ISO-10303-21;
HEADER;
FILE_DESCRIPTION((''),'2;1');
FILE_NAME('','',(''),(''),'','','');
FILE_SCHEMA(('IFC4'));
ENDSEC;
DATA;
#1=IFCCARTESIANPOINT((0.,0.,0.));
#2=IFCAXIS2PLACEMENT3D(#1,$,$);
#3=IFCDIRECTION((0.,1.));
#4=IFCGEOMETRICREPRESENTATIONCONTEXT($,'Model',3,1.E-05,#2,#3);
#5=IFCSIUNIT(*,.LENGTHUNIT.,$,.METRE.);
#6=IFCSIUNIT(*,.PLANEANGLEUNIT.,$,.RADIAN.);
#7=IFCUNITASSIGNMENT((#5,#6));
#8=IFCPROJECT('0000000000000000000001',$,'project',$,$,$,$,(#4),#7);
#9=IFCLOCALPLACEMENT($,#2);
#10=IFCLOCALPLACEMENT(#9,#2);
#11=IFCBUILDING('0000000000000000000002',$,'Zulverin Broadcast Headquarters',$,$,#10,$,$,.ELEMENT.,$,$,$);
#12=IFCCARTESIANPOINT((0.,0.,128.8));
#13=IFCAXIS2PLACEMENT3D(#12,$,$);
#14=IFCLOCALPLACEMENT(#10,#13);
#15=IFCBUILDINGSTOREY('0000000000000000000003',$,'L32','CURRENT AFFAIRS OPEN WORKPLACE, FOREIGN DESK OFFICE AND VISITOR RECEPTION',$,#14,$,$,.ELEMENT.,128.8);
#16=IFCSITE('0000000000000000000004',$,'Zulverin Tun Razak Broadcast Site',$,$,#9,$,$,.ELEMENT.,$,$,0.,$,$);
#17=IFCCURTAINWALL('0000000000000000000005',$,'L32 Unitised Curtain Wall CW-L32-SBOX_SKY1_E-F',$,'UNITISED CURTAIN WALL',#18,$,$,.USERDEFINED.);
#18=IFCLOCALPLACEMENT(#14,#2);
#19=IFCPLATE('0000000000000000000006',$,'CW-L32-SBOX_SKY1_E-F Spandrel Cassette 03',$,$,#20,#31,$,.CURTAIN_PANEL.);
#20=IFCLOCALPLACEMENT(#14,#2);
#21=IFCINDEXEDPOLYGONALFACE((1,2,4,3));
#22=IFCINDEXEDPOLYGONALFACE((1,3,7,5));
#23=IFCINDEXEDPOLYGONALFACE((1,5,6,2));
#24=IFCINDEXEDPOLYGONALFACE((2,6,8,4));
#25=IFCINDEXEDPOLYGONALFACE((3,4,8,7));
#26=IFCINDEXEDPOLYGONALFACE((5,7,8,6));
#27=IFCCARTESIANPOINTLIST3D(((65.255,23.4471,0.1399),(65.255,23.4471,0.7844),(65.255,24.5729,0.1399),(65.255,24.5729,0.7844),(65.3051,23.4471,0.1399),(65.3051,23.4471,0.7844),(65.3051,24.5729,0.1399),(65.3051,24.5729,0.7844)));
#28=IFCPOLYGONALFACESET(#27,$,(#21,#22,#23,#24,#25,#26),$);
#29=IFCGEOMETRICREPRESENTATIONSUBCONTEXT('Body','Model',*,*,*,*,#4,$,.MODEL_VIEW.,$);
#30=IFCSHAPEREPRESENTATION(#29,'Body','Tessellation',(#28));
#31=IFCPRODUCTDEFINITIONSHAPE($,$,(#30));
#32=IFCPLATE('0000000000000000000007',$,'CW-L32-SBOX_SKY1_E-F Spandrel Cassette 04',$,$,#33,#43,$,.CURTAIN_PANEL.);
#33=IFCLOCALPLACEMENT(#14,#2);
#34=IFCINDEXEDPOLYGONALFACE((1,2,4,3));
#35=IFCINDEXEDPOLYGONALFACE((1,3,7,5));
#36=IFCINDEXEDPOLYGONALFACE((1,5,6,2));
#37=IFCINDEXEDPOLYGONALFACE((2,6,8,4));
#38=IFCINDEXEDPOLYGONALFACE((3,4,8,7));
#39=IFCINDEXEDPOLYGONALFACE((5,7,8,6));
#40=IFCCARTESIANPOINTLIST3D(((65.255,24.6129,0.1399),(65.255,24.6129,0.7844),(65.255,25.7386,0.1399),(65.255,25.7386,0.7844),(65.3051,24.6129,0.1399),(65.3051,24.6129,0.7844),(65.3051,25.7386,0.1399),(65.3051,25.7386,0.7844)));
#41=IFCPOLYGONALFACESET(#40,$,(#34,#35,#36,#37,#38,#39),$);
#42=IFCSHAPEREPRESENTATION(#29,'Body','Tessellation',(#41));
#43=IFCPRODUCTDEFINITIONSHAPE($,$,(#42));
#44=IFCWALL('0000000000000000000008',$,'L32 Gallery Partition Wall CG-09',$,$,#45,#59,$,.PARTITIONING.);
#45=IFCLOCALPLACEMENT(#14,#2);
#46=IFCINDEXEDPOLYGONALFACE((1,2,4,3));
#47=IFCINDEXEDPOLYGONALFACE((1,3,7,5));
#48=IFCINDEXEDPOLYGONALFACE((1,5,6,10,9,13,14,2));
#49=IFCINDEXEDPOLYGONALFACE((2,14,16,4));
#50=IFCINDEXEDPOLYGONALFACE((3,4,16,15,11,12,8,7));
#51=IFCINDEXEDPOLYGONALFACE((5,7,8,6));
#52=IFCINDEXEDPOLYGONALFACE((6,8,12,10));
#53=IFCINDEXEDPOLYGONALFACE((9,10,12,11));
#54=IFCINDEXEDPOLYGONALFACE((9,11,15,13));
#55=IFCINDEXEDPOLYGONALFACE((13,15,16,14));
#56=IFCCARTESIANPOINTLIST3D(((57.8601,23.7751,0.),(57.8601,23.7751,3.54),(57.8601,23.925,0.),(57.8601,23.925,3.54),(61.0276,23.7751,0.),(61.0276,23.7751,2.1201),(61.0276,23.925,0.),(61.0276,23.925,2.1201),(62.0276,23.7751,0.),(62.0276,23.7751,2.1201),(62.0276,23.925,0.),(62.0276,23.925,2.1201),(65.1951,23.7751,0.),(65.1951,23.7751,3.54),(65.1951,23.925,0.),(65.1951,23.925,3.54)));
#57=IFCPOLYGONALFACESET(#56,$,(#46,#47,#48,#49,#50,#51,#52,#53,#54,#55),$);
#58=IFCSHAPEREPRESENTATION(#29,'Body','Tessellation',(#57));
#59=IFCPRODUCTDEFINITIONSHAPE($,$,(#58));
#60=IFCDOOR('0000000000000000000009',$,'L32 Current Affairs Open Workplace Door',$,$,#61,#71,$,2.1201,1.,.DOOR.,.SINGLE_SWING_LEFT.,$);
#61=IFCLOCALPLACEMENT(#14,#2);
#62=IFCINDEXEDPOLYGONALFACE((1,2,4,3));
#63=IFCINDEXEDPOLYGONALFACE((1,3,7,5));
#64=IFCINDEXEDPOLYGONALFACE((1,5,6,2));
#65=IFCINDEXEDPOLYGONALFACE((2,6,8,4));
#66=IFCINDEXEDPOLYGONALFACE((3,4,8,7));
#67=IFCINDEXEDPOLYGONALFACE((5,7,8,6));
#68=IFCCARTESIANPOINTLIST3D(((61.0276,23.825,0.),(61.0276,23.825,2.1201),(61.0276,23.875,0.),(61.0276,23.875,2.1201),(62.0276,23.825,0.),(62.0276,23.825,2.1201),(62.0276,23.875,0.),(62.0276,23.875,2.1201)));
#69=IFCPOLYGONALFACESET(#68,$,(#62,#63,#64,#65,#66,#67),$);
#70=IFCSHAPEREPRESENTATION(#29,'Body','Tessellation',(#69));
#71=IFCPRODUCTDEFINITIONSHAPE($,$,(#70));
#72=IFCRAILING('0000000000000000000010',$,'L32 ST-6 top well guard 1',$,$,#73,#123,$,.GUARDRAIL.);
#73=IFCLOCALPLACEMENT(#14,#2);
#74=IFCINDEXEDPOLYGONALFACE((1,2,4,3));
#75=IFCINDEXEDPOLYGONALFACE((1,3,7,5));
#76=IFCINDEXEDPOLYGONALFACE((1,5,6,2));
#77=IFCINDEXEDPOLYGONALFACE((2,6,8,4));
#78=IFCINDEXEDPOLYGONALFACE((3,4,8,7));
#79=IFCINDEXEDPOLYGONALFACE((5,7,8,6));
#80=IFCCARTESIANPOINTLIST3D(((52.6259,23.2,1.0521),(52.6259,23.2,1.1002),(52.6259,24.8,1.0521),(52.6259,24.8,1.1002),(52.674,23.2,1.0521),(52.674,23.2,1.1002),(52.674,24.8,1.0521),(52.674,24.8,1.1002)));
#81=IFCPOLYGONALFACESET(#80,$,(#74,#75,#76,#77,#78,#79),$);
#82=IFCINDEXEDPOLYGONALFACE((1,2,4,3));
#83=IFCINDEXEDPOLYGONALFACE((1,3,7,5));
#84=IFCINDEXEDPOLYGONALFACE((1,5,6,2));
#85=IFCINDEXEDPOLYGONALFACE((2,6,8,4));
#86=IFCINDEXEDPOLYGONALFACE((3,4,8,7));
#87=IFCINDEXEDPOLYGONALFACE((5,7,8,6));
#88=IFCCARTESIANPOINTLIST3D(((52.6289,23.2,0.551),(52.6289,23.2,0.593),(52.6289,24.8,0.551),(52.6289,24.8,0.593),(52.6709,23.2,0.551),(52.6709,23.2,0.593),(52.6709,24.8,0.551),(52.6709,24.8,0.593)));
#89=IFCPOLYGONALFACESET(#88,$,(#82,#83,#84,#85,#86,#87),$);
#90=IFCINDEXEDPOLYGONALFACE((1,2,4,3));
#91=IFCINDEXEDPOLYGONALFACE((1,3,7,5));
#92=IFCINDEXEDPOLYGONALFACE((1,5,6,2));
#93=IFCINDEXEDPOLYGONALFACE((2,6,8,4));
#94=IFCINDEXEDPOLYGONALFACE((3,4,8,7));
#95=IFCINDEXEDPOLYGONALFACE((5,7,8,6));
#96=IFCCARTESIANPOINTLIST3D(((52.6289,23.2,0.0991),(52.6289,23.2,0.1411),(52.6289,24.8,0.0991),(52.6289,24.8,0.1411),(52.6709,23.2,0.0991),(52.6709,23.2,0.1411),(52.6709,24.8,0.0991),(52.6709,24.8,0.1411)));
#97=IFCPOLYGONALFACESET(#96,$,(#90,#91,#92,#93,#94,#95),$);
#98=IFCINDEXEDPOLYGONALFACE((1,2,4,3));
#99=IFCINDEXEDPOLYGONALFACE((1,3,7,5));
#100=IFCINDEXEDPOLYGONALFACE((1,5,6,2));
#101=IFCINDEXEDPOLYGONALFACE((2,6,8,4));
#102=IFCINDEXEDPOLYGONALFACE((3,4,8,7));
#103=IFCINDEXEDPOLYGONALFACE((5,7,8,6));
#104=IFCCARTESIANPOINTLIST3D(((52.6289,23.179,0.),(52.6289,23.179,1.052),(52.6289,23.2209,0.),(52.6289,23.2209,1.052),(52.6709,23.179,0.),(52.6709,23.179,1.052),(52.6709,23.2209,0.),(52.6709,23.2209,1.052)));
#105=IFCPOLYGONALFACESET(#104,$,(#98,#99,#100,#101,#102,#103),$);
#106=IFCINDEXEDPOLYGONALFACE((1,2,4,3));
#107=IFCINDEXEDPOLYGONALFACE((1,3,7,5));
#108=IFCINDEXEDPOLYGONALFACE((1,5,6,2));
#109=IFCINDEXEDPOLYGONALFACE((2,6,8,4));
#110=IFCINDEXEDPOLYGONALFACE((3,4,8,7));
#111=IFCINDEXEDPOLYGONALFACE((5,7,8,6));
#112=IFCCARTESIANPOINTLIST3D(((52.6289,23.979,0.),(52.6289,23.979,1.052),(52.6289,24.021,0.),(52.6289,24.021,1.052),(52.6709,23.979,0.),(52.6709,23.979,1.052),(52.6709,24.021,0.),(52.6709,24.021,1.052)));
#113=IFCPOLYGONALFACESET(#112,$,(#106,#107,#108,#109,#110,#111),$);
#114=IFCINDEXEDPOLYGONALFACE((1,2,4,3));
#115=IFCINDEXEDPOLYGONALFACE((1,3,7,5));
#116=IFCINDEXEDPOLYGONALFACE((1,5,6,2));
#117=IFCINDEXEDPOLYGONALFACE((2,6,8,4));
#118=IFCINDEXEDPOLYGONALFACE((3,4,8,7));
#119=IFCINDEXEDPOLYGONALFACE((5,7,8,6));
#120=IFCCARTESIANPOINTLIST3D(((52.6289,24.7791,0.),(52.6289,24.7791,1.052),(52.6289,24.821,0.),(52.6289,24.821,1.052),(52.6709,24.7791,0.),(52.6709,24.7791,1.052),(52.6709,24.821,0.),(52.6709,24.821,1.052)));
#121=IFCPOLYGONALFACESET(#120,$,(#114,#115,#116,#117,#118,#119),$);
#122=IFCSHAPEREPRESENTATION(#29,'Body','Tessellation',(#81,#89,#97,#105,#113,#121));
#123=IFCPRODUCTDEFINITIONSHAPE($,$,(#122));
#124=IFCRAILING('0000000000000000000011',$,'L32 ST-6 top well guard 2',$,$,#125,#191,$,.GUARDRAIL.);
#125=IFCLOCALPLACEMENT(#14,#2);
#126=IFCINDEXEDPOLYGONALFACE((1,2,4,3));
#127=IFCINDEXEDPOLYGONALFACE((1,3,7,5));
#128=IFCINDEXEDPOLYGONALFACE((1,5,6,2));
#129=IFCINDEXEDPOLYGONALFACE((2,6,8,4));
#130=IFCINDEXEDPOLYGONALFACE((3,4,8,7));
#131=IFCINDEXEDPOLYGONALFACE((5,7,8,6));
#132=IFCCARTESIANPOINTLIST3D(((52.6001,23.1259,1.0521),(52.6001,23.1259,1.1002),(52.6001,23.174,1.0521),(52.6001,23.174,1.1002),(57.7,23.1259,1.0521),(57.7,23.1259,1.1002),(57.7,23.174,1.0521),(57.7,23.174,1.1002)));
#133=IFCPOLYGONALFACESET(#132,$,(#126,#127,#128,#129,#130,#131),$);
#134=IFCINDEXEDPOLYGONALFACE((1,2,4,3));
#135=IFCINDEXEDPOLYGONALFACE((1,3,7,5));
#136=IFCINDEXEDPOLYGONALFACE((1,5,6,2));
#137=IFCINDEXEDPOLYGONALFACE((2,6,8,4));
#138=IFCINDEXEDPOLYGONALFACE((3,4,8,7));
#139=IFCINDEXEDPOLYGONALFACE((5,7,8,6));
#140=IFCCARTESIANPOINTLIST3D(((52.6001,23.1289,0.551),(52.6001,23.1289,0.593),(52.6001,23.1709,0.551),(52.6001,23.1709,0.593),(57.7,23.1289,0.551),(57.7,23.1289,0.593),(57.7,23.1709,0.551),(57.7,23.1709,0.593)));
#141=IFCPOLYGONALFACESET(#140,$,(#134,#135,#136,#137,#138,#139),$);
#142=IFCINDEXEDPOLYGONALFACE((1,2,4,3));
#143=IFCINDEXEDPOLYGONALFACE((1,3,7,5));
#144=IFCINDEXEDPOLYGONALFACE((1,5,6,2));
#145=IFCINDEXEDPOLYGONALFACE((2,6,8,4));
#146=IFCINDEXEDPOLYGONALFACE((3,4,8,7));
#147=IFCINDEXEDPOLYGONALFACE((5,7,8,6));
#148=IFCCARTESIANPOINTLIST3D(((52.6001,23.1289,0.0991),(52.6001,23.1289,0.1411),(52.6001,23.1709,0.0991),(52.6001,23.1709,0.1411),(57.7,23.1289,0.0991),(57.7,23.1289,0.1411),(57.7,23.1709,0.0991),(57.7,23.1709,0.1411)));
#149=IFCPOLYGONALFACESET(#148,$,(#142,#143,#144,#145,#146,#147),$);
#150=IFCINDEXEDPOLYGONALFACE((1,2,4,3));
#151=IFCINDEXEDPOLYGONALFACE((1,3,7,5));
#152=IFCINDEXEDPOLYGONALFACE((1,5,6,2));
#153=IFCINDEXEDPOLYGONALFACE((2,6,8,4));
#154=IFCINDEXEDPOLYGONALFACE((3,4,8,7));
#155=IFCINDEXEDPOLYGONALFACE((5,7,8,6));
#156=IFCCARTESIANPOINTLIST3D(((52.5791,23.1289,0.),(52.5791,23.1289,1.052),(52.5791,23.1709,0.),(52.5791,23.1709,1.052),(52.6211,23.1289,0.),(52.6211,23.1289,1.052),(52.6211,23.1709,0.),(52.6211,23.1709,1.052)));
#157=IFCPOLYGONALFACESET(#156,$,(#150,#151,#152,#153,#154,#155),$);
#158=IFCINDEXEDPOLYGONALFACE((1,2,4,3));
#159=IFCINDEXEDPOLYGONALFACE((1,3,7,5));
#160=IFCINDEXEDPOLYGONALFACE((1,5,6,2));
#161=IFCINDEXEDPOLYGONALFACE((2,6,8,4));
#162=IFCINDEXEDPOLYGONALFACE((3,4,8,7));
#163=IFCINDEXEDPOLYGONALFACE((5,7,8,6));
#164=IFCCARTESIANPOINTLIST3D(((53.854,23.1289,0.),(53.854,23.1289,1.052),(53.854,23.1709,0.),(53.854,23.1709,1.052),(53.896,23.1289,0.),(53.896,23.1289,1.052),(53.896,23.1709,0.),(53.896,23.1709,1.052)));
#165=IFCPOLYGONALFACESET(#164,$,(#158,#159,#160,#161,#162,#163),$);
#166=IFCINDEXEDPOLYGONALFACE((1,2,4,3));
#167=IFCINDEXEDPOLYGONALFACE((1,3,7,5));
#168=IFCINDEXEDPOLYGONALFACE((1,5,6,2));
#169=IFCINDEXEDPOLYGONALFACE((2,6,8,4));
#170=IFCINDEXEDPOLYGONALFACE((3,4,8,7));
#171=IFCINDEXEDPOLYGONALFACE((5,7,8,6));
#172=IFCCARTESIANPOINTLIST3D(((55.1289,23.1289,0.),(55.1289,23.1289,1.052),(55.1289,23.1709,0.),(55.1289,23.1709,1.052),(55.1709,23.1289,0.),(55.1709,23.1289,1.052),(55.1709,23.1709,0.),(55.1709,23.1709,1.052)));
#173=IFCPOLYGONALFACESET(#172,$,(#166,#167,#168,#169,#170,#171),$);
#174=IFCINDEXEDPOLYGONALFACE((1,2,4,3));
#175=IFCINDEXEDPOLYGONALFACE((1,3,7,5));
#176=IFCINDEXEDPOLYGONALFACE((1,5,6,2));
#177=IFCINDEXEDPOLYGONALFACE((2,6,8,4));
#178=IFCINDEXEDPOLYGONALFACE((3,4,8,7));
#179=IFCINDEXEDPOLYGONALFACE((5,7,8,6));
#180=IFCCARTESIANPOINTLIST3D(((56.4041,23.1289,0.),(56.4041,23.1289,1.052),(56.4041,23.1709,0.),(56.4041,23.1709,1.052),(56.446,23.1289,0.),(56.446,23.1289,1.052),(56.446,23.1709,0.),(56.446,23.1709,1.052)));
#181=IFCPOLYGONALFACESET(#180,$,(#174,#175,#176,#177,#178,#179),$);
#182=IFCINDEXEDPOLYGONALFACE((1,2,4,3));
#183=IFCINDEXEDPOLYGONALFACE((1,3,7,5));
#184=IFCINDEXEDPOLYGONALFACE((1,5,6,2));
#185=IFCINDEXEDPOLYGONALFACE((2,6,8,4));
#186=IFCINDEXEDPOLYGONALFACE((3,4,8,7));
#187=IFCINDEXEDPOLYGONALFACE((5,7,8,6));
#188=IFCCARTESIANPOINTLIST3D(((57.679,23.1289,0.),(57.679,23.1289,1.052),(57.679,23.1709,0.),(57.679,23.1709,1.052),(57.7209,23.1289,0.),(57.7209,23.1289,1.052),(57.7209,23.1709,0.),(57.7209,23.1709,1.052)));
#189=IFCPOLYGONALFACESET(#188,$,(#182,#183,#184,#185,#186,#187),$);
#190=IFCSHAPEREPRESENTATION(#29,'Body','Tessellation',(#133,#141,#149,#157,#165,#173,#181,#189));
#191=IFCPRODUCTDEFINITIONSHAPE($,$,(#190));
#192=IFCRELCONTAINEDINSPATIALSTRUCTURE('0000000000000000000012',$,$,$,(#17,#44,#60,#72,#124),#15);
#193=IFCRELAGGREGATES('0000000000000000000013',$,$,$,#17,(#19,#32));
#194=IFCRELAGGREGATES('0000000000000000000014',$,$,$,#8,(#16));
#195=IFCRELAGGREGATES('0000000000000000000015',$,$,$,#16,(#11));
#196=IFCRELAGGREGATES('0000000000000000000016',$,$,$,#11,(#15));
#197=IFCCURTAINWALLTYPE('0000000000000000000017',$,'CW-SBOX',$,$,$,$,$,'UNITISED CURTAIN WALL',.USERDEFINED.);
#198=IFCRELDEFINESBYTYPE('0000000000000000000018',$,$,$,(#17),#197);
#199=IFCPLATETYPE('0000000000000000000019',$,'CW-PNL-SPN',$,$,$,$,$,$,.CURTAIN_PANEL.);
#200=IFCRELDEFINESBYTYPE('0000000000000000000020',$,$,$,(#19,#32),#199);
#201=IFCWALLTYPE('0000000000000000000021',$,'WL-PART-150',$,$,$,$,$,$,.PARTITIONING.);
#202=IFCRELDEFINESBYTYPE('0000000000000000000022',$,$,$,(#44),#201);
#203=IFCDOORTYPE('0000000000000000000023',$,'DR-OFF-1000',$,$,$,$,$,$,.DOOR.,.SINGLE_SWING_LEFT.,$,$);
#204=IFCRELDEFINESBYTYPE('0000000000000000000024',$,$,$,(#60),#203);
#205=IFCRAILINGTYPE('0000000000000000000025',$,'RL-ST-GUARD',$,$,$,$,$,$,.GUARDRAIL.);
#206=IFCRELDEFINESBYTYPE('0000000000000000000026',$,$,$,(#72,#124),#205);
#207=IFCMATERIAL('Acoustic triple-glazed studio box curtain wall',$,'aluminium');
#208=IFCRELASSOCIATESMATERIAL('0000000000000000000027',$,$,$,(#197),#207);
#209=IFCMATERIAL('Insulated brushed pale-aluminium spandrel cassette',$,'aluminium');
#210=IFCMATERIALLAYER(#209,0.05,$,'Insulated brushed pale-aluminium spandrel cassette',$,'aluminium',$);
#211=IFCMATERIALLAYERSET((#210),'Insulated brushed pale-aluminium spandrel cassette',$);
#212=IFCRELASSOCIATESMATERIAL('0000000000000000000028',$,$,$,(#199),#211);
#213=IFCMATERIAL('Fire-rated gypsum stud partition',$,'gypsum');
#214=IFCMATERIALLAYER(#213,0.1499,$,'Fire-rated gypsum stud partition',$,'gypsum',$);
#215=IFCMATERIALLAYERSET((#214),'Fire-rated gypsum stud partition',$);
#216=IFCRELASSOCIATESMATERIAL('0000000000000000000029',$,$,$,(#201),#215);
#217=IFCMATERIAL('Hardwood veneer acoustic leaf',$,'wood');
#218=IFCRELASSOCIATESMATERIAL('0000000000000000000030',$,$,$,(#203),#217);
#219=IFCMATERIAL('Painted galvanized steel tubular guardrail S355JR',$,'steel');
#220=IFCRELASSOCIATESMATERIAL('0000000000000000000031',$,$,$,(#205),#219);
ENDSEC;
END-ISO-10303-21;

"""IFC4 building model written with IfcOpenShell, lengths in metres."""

from ifc_helpers import new_model, si_unit, direction, frame, frame_2d, origin, origin_2d, place, context, subcontext, project, spatial, rectangle, extrude, material, layer, layer_set, type_object, element, fill, aggregate, save


model = new_model("IFC4")

# Units and contexts
model_context = context("Model", 3, precision=1e-05, world=origin(), true_north=direction((0.0, 1.0)))
body_context = subcontext(model_context, "Body", "Model", "MODEL_VIEW")
ifc_project = project(units=[si_unit("LENGTHUNIT", "METRE"), si_unit("PLANEANGLEUNIT", "RADIAN")], contexts=[model_context])

# Site, building, storey
site_placement = place(None, origin())
site = spatial("IfcSite", under=ifc_project, at=site_placement, Name="Zulverin Tun Razak Broadcast Site", CompositionType="ELEMENT", RefElevation=0.0)
building_placement = place(site_placement, origin())
building = spatial("IfcBuilding", under=site, at=building_placement, Name="Zulverin Broadcast Headquarters", CompositionType="ELEMENT")
storey_placement = place(building_placement, frame((0.0, 0.0, 128.8)))
storey = spatial("IfcBuildingStorey", under=building, at=storey_placement, Name="L32", Description="CURRENT AFFAIRS OPEN WORKPLACE, FOREIGN DESK OFFICE AND VISITOR RECEPTION", CompositionType="ELEMENT", Elevation=128.8)

# Curtain wall, plates
ifc_material_1 = material(Name="Acoustic triple-glazed studio box curtain wall", Category="aluminium")
curtain_wall_type = type_object("IfcCurtainWallType", Name="CW-SBOX", ElementType="UNITISED CURTAIN WALL", PredefinedType="USERDEFINED", material=ifc_material_1)
curtain_wall_placement = place(storey_placement, origin())
curtain_wall = element("IfcCurtainWall", 1, at=curtain_wall_placement, inside=storey, type_object=curtain_wall_type, Name="L32 Unitised Curtain Wall CW-L32-SBOX_SKY1_E-F", ObjectType="UNITISED CURTAIN WALL", PredefinedType="USERDEFINED")
ifc_material_2 = material(Name="Insulated brushed pale-aluminium spandrel cassette", Category="aluminium")
ifc_layer_1 = layer(ifc_material_2, 0.05, Name="Insulated brushed pale-aluminium spandrel cassette", Category="aluminium")
ifc_layer_set_1 = layer_set([ifc_layer_1], Name="Insulated brushed pale-aluminium spandrel cassette")
plate_type_1 = type_object("IfcPlateType", Name="CW-PNL-SPN", PredefinedType="CURTAIN_PANEL", material=ifc_layer_set_1)
plate_1_placement = place(storey_placement, frame((65.28, 24.01, 0.1399), z_axis=(0.0, 0.0, 1.0), x_axis=(0.0, 1.0, 0.0)))
plate_1 = element("IfcPlate", 2, at=plate_1_placement, type_object=plate_type_1, Name="CW-L32-SBOX_SKY1_E-F Spandrel Cassette 03", PredefinedType="CURTAIN_PANEL", context=body_context, shape_type="SweptSolid", body=[
    extrude(rectangle(XDim=1.1257, YDim=0.05, at=origin_2d()), origin(), (0.0, 0.0, 1.0), 0.6445),
])
plate_2_placement = place(storey_placement, frame((65.28, 25.1758, 0.1399), z_axis=(0.0, 0.0, 1.0), x_axis=(0.0, 1.0, 0.0)))
plate_2 = element("IfcPlate", 3, at=plate_2_placement, type_object=plate_type_1, Name="CW-L32-SBOX_SKY1_E-F Spandrel Cassette 04", PredefinedType="CURTAIN_PANEL", context=body_context, shape_type="SweptSolid", body=[
    extrude(rectangle(XDim=1.1257, YDim=0.05, at=origin_2d()), origin(), (0.0, 0.0, 1.0), 0.6445),
])
aggregate(curtain_wall, [plate_1, plate_2])

# Wall, opening, door
ifc_material_3 = material(Name="Fire-rated gypsum stud partition", Category="gypsum")
ifc_layer_2 = layer(ifc_material_3, 0.1499, Name="Fire-rated gypsum stud partition", Category="gypsum")
ifc_layer_set_2 = layer_set([ifc_layer_2], Name="Fire-rated gypsum stud partition")
wall_type = type_object("IfcWallType", Name="WL-PART-150", PredefinedType="PARTITIONING", material=ifc_layer_set_2)
wall_placement = place(storey_placement, frame((57.8601, 23.8501, 0.0), z_axis=(0.0, 0.0, 1.0), x_axis=(1.0, 0.0, 0.0)))
wall = element("IfcWall", 4, at=wall_placement, inside=storey, type_object=wall_type, Name="L32 Gallery Partition Wall CG-09", PredefinedType="PARTITIONING", context=body_context, shape_type="SweptSolid", body=[
    extrude(rectangle(XDim=7.335, YDim=0.1499, at=frame_2d((3.6675, 0.0))), origin(), (0.0, 0.0, 1.0), 3.54),
])
opening_placement = place(wall_placement, frame((3.1675, 0.0, 0.0)))
opening = element("IfcOpeningElement", 5, at=opening_placement, cuts=wall, PredefinedType="OPENING", context=body_context, shape_type="SweptSolid", body=[
    extrude(rectangle(XDim=1.0, YDim=2.1201, at=frame_2d((0.5, 1.0601))), frame((0.0, 0.085, 0.0), z_axis=(0.0, -1.0, 0.0), x_axis=(1.0, 0.0, 0.0)), (0.0, 0.0, 1.0), 0.1699),
])
ifc_material_4 = material(Name="Hardwood veneer acoustic leaf", Category="wood")
door_type = type_object("IfcDoorType", Name="DR-OFF-1000", OperationType="SINGLE_SWING_LEFT", PredefinedType="DOOR", material=ifc_material_4)
door_placement = place(opening_placement, origin())
door = element("IfcDoor", 6, at=door_placement, inside=storey, type_object=door_type, Name="L32 Current Affairs Open Workplace Door", OperationType="SINGLE_SWING_LEFT", OverallHeight=2.1201, OverallWidth=1.0, PredefinedType="DOOR", context=body_context, shape_type="SweptSolid", body=[
    extrude(rectangle(XDim=1.0, YDim=2.1201, at=frame_2d((0.5, 1.0601))), frame((0.0, 0.0249, 0.0), z_axis=(0.0, -1.0, 0.0), x_axis=(1.0, 0.0, 0.0)), (0.0, 0.0, 1.0), 0.05),
])
fill(opening, door)

# Railings
ifc_material_5 = material(Name="Painted galvanized steel tubular guardrail S355JR", Category="steel")
railing_type = type_object("IfcRailingType", Name="RL-ST-GUARD", PredefinedType="GUARDRAIL", material=ifc_material_5)
railing_1_placement = place(storey_placement, frame((52.6499, 23.2, 0.0)))
element("IfcRailing", 7, at=railing_1_placement, inside=storey, type_object=railing_type, Name="L32 ST-6 top well guard 1", PredefinedType="GUARDRAIL", context=body_context, shape_type="SweptSolid", body=[
    extrude(rectangle(XDim=0.0481, YDim=0.0481, at=origin_2d()), frame((0.0, 0.0, 1.0762), z_axis=(0.0, 1.0, 0.0), x_axis=(-1.0, 0.0, 0.0)), (0.0, 0.0, 1.0), 1.6001),
    extrude(rectangle(XDim=0.042, YDim=0.042, at=origin_2d()), frame((0.0, 0.0, 0.572), z_axis=(0.0, 1.0, 0.0), x_axis=(-1.0, 0.0, 0.0)), (0.0, 0.0, 1.0), 1.6001),
    extrude(rectangle(XDim=0.042, YDim=0.042, at=origin_2d()), frame((0.0, 0.0, 0.1201), z_axis=(0.0, 1.0, 0.0), x_axis=(-1.0, 0.0, 0.0)), (0.0, 0.0, 1.0), 1.6001),
    extrude(rectangle(XDim=0.042, YDim=0.042, at=origin_2d()), origin(), (0.0, 0.0, 1.0), 1.052),
    extrude(rectangle(XDim=0.042, YDim=0.042, at=origin_2d()), frame((0.0, 0.8, 0.0)), (0.0, 0.0, 1.0), 1.052),
    extrude(rectangle(XDim=0.042, YDim=0.042, at=origin_2d()), frame((0.0, 1.6001, 0.0)), (0.0, 0.0, 1.0), 1.052),
])
railing_2_placement = place(storey_placement, frame((52.6001, 23.1499, 0.0)))
element("IfcRailing", 8, at=railing_2_placement, inside=storey, type_object=railing_type, Name="L32 ST-6 top well guard 2", PredefinedType="GUARDRAIL", context=body_context, shape_type="SweptSolid", body=[
    extrude(rectangle(XDim=0.0481, YDim=0.0481, at=origin_2d()), frame((0.0, 0.0, 1.0762), z_axis=(1.0, 0.0, 0.0), x_axis=(0.0, 1.0, 0.0)), (0.0, 0.0, 1.0), 5.0999),
    extrude(rectangle(XDim=0.042, YDim=0.042, at=origin_2d()), frame((0.0, 0.0, 0.572), z_axis=(1.0, 0.0, 0.0), x_axis=(0.0, 1.0, 0.0)), (0.0, 0.0, 1.0), 5.0999),
    extrude(rectangle(XDim=0.042, YDim=0.042, at=origin_2d()), frame((0.0, 0.0, 0.1201), z_axis=(1.0, 0.0, 0.0), x_axis=(0.0, 1.0, 0.0)), (0.0, 0.0, 1.0), 5.0999),
    extrude(rectangle(XDim=0.042, YDim=0.042, at=origin_2d()), origin(), (0.0, 0.0, 1.0), 1.052),
    extrude(rectangle(XDim=0.042, YDim=0.042, at=origin_2d()), frame((1.2749, 0.0, 0.0)), (0.0, 0.0, 1.0), 1.052),
    extrude(rectangle(XDim=0.042, YDim=0.042, at=origin_2d()), frame((2.5498, 0.0, 0.0)), (0.0, 0.0, 1.0), 1.052),
    extrude(rectangle(XDim=0.042, YDim=0.042, at=origin_2d()), frame((3.825, 0.0, 0.0)), (0.0, 0.0, 1.0), 1.052),
    extrude(rectangle(XDim=0.042, YDim=0.042, at=origin_2d()), frame((5.0999, 0.0, 0.0)), (0.0, 0.0, 1.0), 1.052),
])

save(model, "model.ifc")
